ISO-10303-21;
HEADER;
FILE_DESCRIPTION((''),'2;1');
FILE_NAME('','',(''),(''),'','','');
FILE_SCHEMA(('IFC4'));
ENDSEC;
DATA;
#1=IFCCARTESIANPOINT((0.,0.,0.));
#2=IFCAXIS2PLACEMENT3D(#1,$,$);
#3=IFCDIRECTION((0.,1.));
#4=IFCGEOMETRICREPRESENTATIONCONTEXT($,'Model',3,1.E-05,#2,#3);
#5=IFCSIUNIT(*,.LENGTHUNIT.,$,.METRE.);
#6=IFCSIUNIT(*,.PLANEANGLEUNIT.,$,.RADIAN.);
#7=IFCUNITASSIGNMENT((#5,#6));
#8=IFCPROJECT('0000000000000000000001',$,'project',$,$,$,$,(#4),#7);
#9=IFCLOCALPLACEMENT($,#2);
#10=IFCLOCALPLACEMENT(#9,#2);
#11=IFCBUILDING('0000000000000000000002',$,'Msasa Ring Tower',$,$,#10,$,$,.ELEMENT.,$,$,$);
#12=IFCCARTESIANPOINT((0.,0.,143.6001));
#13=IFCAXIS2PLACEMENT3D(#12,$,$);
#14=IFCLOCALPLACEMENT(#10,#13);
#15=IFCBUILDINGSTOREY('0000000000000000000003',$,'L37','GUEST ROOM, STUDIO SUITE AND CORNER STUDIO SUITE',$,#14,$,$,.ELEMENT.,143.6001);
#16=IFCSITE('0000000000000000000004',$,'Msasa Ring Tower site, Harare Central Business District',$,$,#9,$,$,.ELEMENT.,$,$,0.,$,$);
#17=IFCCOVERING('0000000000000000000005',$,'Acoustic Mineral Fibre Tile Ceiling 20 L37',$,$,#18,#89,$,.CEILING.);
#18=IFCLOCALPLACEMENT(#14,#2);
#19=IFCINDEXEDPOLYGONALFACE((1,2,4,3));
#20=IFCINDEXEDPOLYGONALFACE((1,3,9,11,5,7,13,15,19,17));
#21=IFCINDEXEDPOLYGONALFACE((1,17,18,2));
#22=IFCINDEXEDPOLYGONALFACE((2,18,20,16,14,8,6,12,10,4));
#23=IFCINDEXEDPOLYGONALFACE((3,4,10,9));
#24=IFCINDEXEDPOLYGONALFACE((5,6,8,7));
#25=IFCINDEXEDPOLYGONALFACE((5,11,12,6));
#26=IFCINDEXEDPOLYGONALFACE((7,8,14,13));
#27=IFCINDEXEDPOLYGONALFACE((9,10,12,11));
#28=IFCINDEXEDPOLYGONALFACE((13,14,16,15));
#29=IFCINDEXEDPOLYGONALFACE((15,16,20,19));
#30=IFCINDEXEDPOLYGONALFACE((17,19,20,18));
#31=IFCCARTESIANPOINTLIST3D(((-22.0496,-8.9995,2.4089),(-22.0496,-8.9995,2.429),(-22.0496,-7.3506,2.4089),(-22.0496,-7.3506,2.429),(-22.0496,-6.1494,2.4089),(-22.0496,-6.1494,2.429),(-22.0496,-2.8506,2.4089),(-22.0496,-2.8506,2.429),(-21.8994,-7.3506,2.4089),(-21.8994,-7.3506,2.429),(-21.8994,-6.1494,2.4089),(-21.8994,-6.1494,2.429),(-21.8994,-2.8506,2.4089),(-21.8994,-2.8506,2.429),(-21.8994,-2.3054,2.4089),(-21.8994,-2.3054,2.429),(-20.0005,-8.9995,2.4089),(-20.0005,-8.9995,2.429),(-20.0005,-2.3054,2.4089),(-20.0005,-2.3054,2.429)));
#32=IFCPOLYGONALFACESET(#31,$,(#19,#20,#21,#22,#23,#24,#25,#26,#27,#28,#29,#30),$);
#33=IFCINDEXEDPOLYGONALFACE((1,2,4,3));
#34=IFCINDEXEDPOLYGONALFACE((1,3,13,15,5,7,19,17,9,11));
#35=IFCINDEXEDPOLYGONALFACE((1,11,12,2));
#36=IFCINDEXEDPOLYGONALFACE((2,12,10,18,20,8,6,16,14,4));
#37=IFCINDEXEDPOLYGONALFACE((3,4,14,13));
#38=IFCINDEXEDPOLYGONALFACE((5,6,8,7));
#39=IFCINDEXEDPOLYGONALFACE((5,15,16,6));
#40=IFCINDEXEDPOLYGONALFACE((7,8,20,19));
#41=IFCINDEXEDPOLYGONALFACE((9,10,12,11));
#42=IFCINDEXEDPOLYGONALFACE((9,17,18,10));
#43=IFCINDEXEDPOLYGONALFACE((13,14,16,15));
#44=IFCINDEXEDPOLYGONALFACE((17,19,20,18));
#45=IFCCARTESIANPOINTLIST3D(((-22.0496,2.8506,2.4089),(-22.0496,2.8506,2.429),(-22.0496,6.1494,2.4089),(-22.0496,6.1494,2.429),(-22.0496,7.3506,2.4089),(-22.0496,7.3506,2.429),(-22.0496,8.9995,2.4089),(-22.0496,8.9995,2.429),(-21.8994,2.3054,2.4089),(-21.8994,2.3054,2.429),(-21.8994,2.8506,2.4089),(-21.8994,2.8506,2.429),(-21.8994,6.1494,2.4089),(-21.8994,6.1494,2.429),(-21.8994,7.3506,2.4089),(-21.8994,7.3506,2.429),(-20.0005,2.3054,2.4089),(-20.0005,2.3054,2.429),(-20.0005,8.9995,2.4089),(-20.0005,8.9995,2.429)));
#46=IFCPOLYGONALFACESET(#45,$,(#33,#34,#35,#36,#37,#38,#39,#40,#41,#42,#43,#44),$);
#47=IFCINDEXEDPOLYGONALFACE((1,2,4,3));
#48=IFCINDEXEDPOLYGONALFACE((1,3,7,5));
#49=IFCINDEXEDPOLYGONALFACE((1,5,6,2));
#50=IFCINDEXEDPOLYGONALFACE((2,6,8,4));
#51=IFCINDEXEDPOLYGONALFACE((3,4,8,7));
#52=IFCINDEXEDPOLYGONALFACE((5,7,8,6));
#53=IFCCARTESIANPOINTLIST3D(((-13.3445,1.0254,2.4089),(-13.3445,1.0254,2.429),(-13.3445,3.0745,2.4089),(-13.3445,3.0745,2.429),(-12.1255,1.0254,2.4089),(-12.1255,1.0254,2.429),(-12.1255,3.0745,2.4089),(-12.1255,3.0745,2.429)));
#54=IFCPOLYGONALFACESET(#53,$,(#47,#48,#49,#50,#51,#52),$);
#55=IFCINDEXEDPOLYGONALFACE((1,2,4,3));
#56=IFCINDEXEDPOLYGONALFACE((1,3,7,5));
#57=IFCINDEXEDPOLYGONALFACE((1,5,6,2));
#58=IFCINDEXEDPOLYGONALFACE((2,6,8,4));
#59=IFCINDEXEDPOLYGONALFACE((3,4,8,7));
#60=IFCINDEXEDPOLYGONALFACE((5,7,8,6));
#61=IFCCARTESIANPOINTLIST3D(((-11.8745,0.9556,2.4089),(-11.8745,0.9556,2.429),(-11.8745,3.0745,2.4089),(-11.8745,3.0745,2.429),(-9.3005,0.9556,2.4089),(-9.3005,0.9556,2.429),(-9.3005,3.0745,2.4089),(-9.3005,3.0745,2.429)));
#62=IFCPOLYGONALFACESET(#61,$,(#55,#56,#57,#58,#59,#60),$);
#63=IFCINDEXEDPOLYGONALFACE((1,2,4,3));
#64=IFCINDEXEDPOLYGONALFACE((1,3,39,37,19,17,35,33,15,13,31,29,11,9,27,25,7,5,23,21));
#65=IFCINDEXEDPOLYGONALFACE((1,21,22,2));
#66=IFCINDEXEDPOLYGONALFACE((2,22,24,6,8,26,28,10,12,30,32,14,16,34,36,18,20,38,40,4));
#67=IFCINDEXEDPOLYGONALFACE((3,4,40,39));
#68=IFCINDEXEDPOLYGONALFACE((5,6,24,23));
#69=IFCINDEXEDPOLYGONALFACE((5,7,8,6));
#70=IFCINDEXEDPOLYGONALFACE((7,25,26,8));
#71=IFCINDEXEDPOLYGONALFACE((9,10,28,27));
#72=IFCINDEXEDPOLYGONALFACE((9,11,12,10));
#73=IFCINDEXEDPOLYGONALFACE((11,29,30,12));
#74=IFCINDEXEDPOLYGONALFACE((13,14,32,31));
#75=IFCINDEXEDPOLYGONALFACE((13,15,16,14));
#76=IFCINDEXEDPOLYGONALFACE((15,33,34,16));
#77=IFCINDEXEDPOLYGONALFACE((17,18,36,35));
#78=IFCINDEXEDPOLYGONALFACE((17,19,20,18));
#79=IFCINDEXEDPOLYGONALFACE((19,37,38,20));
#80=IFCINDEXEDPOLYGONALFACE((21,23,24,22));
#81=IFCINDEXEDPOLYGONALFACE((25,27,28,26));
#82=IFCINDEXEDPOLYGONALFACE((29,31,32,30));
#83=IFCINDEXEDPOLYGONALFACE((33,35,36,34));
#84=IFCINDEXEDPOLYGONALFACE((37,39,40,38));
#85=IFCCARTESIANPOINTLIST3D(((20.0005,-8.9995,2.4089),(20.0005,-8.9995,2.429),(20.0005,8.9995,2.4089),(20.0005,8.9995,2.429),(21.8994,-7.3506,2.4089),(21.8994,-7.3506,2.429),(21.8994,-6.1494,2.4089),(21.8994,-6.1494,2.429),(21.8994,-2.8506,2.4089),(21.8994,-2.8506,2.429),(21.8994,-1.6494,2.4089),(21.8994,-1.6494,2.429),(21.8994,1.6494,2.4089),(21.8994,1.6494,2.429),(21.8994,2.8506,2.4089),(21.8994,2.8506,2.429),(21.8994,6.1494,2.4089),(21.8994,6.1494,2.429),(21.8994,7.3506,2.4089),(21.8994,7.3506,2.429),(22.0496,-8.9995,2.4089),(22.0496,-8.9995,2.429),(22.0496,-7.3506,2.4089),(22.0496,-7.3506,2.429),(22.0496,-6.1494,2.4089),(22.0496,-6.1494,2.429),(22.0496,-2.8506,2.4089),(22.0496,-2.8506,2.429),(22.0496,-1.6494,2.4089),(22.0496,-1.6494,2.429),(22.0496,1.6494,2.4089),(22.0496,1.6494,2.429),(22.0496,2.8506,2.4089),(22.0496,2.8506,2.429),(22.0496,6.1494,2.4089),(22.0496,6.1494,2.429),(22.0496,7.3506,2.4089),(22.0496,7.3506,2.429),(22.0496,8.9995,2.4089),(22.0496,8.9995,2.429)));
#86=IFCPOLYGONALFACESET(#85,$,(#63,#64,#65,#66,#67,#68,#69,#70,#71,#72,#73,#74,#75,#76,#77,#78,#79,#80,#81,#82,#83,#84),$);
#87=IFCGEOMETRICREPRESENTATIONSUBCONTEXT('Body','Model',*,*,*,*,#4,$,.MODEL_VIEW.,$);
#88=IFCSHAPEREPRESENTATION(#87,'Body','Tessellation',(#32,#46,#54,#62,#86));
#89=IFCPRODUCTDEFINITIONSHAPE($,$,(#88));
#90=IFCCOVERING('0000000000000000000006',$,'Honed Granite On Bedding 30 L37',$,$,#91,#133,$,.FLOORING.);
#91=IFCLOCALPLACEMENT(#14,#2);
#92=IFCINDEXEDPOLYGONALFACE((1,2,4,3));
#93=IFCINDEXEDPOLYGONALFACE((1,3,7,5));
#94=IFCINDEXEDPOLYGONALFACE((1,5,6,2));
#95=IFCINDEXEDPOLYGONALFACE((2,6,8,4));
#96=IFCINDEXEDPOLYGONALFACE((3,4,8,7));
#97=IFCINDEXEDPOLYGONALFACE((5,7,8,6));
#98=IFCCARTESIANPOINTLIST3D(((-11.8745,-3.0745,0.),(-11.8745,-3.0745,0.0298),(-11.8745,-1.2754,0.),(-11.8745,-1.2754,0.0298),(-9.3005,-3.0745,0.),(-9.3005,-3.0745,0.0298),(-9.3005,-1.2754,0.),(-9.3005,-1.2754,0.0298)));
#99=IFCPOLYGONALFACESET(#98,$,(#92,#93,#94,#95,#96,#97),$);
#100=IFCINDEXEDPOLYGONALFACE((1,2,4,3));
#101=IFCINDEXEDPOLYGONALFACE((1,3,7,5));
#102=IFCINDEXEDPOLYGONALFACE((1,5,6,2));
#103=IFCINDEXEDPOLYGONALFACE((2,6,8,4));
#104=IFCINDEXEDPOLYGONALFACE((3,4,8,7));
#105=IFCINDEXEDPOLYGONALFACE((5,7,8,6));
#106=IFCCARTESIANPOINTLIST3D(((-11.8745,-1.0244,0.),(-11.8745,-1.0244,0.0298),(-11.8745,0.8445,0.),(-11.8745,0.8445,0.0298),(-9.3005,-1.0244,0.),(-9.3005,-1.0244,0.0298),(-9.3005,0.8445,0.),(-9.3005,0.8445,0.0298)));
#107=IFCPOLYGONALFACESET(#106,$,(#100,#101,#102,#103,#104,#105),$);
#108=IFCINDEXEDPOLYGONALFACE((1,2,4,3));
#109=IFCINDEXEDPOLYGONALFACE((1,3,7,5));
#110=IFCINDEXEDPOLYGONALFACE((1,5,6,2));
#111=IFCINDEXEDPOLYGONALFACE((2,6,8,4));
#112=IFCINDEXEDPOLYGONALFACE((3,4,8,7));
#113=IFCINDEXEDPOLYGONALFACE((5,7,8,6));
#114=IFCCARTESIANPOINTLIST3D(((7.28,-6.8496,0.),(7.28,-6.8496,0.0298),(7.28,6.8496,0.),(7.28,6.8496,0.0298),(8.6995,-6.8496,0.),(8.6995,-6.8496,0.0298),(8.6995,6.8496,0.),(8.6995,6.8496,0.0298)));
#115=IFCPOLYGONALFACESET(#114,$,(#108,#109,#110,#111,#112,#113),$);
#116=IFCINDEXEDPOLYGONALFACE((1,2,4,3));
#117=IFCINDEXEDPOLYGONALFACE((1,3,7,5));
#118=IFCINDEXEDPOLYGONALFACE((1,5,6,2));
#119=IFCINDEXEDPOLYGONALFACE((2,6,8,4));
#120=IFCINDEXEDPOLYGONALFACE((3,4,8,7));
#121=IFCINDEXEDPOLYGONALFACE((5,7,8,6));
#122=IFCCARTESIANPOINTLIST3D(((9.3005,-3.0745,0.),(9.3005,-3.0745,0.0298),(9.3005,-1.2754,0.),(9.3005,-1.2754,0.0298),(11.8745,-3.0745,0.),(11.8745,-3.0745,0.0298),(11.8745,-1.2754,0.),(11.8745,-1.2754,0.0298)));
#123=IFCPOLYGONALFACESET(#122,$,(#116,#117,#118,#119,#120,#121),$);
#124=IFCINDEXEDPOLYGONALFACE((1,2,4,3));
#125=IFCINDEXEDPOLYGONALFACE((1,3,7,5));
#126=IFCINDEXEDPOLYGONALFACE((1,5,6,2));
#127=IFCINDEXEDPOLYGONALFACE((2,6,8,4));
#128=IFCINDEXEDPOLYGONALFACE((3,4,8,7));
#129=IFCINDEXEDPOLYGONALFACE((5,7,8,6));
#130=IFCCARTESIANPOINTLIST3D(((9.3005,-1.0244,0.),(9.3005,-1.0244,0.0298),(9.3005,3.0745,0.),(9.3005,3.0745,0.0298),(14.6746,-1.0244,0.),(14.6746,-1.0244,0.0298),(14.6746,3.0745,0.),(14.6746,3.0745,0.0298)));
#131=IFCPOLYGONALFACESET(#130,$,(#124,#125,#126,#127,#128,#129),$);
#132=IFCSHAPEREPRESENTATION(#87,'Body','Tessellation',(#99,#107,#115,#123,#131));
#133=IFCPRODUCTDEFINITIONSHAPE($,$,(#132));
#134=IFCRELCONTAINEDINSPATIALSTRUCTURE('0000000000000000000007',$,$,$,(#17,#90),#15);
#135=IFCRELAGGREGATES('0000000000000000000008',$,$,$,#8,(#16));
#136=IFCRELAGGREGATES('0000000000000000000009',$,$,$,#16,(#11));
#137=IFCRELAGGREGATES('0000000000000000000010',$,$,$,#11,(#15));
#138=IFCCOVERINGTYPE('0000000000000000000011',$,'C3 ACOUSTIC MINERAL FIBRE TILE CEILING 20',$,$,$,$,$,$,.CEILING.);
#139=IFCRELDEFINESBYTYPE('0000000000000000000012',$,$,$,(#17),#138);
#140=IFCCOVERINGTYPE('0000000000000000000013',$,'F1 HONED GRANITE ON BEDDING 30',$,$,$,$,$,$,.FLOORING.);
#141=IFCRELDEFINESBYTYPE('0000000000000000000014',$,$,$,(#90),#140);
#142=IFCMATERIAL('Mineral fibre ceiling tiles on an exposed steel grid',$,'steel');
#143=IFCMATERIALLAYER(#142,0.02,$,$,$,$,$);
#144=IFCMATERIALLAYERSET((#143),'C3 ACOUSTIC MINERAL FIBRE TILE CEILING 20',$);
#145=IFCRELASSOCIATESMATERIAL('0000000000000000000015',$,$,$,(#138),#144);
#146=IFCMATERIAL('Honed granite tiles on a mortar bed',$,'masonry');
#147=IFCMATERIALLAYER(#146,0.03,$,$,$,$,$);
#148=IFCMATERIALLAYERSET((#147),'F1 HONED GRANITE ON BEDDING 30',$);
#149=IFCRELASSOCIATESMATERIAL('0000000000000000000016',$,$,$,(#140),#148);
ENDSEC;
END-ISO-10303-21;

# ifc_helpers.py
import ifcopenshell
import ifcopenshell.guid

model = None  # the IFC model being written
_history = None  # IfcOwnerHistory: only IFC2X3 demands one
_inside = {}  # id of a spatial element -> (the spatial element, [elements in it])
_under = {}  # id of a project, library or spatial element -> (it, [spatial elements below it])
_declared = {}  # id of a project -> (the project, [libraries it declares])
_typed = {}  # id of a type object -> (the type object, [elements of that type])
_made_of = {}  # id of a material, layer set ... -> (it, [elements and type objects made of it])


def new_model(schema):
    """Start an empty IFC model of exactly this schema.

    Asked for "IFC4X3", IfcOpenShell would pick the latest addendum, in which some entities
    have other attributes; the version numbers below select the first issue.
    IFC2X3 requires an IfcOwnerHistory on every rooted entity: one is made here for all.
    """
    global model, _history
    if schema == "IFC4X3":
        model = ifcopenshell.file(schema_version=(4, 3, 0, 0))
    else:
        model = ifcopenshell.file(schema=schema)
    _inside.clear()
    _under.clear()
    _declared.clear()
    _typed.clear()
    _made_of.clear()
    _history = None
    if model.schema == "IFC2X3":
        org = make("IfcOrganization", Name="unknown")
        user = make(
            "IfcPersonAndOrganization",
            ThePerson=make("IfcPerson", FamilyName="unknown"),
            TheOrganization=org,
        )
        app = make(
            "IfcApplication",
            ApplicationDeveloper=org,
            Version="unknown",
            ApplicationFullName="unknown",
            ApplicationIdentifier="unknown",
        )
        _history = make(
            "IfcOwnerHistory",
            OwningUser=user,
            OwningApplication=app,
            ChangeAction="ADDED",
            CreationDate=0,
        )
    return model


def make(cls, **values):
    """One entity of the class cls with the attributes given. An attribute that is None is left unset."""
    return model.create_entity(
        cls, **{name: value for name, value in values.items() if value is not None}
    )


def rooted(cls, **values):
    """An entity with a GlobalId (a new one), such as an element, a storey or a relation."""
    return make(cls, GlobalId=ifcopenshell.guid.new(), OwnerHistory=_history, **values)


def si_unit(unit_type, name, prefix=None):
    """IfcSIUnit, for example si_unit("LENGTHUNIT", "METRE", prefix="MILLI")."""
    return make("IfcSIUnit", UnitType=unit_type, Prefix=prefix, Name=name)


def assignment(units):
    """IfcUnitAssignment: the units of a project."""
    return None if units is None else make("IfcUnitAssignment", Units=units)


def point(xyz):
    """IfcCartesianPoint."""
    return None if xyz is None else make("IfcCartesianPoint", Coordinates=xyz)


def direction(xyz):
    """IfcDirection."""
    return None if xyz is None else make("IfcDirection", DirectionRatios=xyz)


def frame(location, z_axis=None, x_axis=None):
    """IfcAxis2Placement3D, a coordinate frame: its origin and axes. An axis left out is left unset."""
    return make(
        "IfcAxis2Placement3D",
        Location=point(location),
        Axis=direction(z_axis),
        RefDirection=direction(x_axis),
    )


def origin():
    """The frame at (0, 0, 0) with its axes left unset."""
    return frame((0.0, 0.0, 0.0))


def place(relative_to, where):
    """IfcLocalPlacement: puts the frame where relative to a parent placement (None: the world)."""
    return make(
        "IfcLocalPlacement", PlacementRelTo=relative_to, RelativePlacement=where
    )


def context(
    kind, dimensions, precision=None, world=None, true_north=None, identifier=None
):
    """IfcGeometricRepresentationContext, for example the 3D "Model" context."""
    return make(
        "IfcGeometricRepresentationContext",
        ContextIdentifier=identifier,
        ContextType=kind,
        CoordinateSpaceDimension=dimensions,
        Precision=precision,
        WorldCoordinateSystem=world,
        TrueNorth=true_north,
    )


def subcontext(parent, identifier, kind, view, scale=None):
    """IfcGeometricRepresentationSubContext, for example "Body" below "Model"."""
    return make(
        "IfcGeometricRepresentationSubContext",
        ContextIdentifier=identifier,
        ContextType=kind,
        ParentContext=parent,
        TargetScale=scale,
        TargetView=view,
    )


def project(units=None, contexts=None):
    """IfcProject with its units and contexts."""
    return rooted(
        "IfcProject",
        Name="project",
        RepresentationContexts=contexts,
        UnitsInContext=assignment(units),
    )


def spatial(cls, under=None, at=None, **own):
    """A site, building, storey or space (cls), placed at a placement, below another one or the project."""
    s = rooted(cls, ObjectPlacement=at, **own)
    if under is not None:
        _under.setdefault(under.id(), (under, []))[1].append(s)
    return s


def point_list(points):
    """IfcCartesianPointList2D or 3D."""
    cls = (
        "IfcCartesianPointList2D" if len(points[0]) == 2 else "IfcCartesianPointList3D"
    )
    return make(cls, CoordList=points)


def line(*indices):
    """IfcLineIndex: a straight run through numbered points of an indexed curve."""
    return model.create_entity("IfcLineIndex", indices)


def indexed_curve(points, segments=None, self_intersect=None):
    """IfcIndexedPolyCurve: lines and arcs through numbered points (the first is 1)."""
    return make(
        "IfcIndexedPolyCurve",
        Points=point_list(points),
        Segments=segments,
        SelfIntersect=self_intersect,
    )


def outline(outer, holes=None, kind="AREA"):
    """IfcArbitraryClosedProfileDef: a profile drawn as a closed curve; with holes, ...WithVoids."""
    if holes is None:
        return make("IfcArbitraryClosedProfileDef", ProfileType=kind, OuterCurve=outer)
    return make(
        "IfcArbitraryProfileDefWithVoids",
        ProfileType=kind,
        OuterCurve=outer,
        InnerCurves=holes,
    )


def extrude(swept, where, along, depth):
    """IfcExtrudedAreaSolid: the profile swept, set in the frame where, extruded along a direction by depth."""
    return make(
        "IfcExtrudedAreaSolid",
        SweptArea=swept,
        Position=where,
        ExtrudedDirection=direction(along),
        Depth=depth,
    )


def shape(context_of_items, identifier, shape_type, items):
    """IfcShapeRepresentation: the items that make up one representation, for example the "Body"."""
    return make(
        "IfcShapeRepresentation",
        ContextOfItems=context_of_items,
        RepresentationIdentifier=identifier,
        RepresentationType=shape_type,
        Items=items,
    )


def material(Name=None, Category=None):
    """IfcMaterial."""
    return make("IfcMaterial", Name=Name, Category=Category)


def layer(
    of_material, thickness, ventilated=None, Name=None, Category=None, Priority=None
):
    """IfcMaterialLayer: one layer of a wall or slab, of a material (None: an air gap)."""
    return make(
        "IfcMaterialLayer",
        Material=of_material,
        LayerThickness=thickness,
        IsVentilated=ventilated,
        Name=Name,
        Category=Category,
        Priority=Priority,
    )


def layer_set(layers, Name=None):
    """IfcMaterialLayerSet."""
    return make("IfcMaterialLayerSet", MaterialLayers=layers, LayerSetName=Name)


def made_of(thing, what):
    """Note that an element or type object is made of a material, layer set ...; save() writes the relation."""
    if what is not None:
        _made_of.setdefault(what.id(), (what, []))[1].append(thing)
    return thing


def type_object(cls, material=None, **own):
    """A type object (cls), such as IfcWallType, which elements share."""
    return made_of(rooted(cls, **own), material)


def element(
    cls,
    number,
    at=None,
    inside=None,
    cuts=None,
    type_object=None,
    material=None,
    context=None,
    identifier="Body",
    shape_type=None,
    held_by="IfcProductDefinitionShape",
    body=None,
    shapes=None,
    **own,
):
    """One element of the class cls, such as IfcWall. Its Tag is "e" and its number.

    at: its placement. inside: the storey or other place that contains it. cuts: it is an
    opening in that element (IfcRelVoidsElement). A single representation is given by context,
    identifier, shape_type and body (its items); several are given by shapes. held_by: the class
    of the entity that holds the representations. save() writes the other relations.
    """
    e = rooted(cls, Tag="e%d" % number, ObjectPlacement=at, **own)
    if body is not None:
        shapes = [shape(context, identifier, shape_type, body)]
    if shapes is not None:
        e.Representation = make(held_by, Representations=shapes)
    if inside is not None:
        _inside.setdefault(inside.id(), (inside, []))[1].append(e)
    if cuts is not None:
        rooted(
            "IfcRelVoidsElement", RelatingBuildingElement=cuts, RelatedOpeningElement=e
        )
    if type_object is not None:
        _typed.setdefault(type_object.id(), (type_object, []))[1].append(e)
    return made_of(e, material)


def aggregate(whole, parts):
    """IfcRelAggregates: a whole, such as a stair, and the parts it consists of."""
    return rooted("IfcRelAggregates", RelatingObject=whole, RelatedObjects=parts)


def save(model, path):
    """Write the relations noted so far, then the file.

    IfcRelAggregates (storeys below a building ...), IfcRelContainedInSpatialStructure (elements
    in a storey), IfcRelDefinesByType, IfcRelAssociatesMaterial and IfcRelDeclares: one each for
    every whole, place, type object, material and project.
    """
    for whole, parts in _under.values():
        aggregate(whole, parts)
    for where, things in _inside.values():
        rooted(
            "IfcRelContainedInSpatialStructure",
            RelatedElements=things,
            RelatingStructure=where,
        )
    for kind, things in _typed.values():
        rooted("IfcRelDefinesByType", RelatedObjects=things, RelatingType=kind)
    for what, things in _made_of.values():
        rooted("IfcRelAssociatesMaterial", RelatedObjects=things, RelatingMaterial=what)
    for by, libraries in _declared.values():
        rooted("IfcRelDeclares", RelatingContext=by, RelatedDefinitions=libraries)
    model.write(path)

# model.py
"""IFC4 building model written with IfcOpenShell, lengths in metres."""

from ifc_helpers import new_model, si_unit, direction, frame, origin, place, context, subcontext, project, spatial, line, indexed_curve, outline, extrude, material, layer, layer_set, type_object, element, save


model = new_model("IFC4")

# Units and contexts
model_context = context("Model", 3, precision=1e-05, world=origin(), true_north=direction((0.0, 1.0)))
body_context = subcontext(model_context, "Body", "Model", "MODEL_VIEW")
ifc_project = project(units=[si_unit("LENGTHUNIT", "METRE"), si_unit("PLANEANGLEUNIT", "RADIAN")], contexts=[model_context])

# Site, building, storey
site_placement = place(None, origin())
site = spatial("IfcSite", under=ifc_project, at=site_placement, Name="Msasa Ring Tower site, Harare Central Business District", CompositionType="ELEMENT", RefElevation=0.0)
building_placement = place(site_placement, origin())
building = spatial("IfcBuilding", under=site, at=building_placement, Name="Msasa Ring Tower", CompositionType="ELEMENT")
storey_placement = place(building_placement, frame((0.0, 0.0, 143.6001)))
storey = spatial("IfcBuildingStorey", under=building, at=storey_placement, Name="L37", Description="GUEST ROOM, STUDIO SUITE AND CORNER STUDIO SUITE", CompositionType="ELEMENT", Elevation=143.6001)

# Coverings
ifc_material_1 = material(Name="Mineral fibre ceiling tiles on an exposed steel grid", Category="steel")
ifc_layer_1 = layer(ifc_material_1, 0.02)
ifc_layer_set_1 = layer_set([ifc_layer_1], Name="C3 ACOUSTIC MINERAL FIBRE TILE CEILING 20")
covering_type_1 = type_object("IfcCoveringType", Name="C3 ACOUSTIC MINERAL FIBRE TILE CEILING 20", PredefinedType="CEILING", material=ifc_layer_set_1)
covering_1_placement = place(storey_placement, frame((0.0, 0.0, 2.4089)))
element("IfcCovering", 1, at=covering_1_placement, inside=storey, type_object=covering_type_1, Name="Acoustic Mineral Fibre Tile Ceiling 20 L37", PredefinedType="CEILING", context=body_context, shape_type="SweptSolid", body=[
    extrude(outline(indexed_curve([(-22.0496, -7.3506), (-21.8994, -7.3506), (-21.8994, -6.1494), (-22.0496, -6.1494), (-22.0496, -2.8506), (-21.8994, -2.8506), (-21.8994, -2.3054), (-20.0005, -2.3054), (-20.0005, -8.9995), (-22.0496, -8.9995)], segments=[line(1, 2, 3, 4, 5, 6, 7, 8, 9, 10, 1)], self_intersect=False)), origin(), (0.0, 0.0, 1.0), 0.02),
    extrude(outline(indexed_curve([(-20.0005, 8.9995), (-20.0005, 2.3054), (-21.8994, 2.3054), (-21.8994, 2.8506), (-22.0496, 2.8506), (-22.0496, 6.1494), (-21.8994, 6.1494), (-21.8994, 7.3506), (-22.0496, 7.3506), (-22.0496, 8.9995)], segments=[line(1, 2, 3, 4, 5, 6, 7, 8, 9, 10, 1)], self_intersect=False)), origin(), (0.0, 0.0, 1.0), 0.02),
    extrude(outline(indexed_curve([(-13.3445, 3.0745), (-12.1255, 3.0745), (-12.1255, 1.0254), (-13.3445, 1.0254)], segments=[line(1, 2, 3, 4, 1)], self_intersect=False)), origin(), (0.0, 0.0, 1.0), 0.02),
    extrude(outline(indexed_curve([(-9.3005, 0.9556), (-11.8745, 0.9556), (-11.8745, 3.0745), (-9.3005, 3.0745)], segments=[line(1, 2, 3, 4, 1)], self_intersect=False)), origin(), (0.0, 0.0, 1.0), 0.02),
    extrude(outline(indexed_curve([(22.0496, 8.9995), (22.0496, 7.3506), (21.8994, 7.3506), (21.8994, 6.1494), (22.0496, 6.1494), (22.0496, 2.8506), (21.8994, 2.8506), (21.8994, 1.6494), (22.0496, 1.6494), (22.0496, -1.6494), (21.8994, -1.6494), (21.8994, -2.8506), (22.0496, -2.8506), (22.0496, -6.1494), (21.8994, -6.1494), (21.8994, -7.3506), (22.0496, -7.3506), (22.0496, -8.9995), (20.0005, -8.9995), (20.0005, 8.9995)], segments=[line(1, 2, 3, 4, 5, 6, 7, 8, 9, 10, 11, 12, 13, 14, 15, 16, 17, 18, 19, 20, 1)], self_intersect=False)), origin(), (0.0, 0.0, 1.0), 0.02),
])
ifc_material_2 = material(Name="Honed granite tiles on a mortar bed", Category="masonry")
ifc_layer_2 = layer(ifc_material_2, 0.03)
ifc_layer_set_2 = layer_set([ifc_layer_2], Name="F1 HONED GRANITE ON BEDDING 30")
covering_type_2 = type_object("IfcCoveringType", Name="F1 HONED GRANITE ON BEDDING 30", PredefinedType="FLOORING", material=ifc_layer_set_2)
covering_2_placement = place(storey_placement, origin())
element("IfcCovering", 2, at=covering_2_placement, inside=storey, type_object=covering_type_2, Name="Honed Granite On Bedding 30 L37", PredefinedType="FLOORING", context=body_context, shape_type="SweptSolid", body=[
    extrude(outline(indexed_curve([(-11.8745, -3.0745), (-11.8745, -1.2754), (-9.3005, -1.2754), (-9.3005, -3.0745)], segments=[line(1, 2, 3, 4, 1)], self_intersect=False)), origin(), (0.0, 0.0, 1.0), 0.0298),
    extrude(outline(indexed_curve([(-11.8745, -1.0244), (-11.8745, 0.8445), (-9.3005, 0.8445), (-9.3005, -1.0244)], segments=[line(1, 2, 3, 4, 1)], self_intersect=False)), origin(), (0.0, 0.0, 1.0), 0.0298),
    extrude(outline(indexed_curve([(8.6995, 6.8496), (8.6995, -6.8496), (7.28, -6.8496), (7.28, 6.8496)], segments=[line(1, 2, 3, 4, 1)], self_intersect=False)), origin(), (0.0, 0.0, 1.0), 0.0298),
    extrude(outline(indexed_curve([(9.3005, -3.0745), (9.3005, -1.2754), (11.8745, -1.2754), (11.8745, -3.0745)], segments=[line(1, 2, 3, 4, 1)], self_intersect=False)), origin(), (0.0, 0.0, 1.0), 0.0298),
    extrude(outline(indexed_curve([(9.3005, 3.0745), (14.6746, 3.0745), (14.6746, -1.0244), (9.3005, -1.0244)], segments=[line(1, 2, 3, 4, 1)], self_intersect=False)), origin(), (0.0, 0.0, 1.0), 0.0298),
])

save(model, "model.ifc")
